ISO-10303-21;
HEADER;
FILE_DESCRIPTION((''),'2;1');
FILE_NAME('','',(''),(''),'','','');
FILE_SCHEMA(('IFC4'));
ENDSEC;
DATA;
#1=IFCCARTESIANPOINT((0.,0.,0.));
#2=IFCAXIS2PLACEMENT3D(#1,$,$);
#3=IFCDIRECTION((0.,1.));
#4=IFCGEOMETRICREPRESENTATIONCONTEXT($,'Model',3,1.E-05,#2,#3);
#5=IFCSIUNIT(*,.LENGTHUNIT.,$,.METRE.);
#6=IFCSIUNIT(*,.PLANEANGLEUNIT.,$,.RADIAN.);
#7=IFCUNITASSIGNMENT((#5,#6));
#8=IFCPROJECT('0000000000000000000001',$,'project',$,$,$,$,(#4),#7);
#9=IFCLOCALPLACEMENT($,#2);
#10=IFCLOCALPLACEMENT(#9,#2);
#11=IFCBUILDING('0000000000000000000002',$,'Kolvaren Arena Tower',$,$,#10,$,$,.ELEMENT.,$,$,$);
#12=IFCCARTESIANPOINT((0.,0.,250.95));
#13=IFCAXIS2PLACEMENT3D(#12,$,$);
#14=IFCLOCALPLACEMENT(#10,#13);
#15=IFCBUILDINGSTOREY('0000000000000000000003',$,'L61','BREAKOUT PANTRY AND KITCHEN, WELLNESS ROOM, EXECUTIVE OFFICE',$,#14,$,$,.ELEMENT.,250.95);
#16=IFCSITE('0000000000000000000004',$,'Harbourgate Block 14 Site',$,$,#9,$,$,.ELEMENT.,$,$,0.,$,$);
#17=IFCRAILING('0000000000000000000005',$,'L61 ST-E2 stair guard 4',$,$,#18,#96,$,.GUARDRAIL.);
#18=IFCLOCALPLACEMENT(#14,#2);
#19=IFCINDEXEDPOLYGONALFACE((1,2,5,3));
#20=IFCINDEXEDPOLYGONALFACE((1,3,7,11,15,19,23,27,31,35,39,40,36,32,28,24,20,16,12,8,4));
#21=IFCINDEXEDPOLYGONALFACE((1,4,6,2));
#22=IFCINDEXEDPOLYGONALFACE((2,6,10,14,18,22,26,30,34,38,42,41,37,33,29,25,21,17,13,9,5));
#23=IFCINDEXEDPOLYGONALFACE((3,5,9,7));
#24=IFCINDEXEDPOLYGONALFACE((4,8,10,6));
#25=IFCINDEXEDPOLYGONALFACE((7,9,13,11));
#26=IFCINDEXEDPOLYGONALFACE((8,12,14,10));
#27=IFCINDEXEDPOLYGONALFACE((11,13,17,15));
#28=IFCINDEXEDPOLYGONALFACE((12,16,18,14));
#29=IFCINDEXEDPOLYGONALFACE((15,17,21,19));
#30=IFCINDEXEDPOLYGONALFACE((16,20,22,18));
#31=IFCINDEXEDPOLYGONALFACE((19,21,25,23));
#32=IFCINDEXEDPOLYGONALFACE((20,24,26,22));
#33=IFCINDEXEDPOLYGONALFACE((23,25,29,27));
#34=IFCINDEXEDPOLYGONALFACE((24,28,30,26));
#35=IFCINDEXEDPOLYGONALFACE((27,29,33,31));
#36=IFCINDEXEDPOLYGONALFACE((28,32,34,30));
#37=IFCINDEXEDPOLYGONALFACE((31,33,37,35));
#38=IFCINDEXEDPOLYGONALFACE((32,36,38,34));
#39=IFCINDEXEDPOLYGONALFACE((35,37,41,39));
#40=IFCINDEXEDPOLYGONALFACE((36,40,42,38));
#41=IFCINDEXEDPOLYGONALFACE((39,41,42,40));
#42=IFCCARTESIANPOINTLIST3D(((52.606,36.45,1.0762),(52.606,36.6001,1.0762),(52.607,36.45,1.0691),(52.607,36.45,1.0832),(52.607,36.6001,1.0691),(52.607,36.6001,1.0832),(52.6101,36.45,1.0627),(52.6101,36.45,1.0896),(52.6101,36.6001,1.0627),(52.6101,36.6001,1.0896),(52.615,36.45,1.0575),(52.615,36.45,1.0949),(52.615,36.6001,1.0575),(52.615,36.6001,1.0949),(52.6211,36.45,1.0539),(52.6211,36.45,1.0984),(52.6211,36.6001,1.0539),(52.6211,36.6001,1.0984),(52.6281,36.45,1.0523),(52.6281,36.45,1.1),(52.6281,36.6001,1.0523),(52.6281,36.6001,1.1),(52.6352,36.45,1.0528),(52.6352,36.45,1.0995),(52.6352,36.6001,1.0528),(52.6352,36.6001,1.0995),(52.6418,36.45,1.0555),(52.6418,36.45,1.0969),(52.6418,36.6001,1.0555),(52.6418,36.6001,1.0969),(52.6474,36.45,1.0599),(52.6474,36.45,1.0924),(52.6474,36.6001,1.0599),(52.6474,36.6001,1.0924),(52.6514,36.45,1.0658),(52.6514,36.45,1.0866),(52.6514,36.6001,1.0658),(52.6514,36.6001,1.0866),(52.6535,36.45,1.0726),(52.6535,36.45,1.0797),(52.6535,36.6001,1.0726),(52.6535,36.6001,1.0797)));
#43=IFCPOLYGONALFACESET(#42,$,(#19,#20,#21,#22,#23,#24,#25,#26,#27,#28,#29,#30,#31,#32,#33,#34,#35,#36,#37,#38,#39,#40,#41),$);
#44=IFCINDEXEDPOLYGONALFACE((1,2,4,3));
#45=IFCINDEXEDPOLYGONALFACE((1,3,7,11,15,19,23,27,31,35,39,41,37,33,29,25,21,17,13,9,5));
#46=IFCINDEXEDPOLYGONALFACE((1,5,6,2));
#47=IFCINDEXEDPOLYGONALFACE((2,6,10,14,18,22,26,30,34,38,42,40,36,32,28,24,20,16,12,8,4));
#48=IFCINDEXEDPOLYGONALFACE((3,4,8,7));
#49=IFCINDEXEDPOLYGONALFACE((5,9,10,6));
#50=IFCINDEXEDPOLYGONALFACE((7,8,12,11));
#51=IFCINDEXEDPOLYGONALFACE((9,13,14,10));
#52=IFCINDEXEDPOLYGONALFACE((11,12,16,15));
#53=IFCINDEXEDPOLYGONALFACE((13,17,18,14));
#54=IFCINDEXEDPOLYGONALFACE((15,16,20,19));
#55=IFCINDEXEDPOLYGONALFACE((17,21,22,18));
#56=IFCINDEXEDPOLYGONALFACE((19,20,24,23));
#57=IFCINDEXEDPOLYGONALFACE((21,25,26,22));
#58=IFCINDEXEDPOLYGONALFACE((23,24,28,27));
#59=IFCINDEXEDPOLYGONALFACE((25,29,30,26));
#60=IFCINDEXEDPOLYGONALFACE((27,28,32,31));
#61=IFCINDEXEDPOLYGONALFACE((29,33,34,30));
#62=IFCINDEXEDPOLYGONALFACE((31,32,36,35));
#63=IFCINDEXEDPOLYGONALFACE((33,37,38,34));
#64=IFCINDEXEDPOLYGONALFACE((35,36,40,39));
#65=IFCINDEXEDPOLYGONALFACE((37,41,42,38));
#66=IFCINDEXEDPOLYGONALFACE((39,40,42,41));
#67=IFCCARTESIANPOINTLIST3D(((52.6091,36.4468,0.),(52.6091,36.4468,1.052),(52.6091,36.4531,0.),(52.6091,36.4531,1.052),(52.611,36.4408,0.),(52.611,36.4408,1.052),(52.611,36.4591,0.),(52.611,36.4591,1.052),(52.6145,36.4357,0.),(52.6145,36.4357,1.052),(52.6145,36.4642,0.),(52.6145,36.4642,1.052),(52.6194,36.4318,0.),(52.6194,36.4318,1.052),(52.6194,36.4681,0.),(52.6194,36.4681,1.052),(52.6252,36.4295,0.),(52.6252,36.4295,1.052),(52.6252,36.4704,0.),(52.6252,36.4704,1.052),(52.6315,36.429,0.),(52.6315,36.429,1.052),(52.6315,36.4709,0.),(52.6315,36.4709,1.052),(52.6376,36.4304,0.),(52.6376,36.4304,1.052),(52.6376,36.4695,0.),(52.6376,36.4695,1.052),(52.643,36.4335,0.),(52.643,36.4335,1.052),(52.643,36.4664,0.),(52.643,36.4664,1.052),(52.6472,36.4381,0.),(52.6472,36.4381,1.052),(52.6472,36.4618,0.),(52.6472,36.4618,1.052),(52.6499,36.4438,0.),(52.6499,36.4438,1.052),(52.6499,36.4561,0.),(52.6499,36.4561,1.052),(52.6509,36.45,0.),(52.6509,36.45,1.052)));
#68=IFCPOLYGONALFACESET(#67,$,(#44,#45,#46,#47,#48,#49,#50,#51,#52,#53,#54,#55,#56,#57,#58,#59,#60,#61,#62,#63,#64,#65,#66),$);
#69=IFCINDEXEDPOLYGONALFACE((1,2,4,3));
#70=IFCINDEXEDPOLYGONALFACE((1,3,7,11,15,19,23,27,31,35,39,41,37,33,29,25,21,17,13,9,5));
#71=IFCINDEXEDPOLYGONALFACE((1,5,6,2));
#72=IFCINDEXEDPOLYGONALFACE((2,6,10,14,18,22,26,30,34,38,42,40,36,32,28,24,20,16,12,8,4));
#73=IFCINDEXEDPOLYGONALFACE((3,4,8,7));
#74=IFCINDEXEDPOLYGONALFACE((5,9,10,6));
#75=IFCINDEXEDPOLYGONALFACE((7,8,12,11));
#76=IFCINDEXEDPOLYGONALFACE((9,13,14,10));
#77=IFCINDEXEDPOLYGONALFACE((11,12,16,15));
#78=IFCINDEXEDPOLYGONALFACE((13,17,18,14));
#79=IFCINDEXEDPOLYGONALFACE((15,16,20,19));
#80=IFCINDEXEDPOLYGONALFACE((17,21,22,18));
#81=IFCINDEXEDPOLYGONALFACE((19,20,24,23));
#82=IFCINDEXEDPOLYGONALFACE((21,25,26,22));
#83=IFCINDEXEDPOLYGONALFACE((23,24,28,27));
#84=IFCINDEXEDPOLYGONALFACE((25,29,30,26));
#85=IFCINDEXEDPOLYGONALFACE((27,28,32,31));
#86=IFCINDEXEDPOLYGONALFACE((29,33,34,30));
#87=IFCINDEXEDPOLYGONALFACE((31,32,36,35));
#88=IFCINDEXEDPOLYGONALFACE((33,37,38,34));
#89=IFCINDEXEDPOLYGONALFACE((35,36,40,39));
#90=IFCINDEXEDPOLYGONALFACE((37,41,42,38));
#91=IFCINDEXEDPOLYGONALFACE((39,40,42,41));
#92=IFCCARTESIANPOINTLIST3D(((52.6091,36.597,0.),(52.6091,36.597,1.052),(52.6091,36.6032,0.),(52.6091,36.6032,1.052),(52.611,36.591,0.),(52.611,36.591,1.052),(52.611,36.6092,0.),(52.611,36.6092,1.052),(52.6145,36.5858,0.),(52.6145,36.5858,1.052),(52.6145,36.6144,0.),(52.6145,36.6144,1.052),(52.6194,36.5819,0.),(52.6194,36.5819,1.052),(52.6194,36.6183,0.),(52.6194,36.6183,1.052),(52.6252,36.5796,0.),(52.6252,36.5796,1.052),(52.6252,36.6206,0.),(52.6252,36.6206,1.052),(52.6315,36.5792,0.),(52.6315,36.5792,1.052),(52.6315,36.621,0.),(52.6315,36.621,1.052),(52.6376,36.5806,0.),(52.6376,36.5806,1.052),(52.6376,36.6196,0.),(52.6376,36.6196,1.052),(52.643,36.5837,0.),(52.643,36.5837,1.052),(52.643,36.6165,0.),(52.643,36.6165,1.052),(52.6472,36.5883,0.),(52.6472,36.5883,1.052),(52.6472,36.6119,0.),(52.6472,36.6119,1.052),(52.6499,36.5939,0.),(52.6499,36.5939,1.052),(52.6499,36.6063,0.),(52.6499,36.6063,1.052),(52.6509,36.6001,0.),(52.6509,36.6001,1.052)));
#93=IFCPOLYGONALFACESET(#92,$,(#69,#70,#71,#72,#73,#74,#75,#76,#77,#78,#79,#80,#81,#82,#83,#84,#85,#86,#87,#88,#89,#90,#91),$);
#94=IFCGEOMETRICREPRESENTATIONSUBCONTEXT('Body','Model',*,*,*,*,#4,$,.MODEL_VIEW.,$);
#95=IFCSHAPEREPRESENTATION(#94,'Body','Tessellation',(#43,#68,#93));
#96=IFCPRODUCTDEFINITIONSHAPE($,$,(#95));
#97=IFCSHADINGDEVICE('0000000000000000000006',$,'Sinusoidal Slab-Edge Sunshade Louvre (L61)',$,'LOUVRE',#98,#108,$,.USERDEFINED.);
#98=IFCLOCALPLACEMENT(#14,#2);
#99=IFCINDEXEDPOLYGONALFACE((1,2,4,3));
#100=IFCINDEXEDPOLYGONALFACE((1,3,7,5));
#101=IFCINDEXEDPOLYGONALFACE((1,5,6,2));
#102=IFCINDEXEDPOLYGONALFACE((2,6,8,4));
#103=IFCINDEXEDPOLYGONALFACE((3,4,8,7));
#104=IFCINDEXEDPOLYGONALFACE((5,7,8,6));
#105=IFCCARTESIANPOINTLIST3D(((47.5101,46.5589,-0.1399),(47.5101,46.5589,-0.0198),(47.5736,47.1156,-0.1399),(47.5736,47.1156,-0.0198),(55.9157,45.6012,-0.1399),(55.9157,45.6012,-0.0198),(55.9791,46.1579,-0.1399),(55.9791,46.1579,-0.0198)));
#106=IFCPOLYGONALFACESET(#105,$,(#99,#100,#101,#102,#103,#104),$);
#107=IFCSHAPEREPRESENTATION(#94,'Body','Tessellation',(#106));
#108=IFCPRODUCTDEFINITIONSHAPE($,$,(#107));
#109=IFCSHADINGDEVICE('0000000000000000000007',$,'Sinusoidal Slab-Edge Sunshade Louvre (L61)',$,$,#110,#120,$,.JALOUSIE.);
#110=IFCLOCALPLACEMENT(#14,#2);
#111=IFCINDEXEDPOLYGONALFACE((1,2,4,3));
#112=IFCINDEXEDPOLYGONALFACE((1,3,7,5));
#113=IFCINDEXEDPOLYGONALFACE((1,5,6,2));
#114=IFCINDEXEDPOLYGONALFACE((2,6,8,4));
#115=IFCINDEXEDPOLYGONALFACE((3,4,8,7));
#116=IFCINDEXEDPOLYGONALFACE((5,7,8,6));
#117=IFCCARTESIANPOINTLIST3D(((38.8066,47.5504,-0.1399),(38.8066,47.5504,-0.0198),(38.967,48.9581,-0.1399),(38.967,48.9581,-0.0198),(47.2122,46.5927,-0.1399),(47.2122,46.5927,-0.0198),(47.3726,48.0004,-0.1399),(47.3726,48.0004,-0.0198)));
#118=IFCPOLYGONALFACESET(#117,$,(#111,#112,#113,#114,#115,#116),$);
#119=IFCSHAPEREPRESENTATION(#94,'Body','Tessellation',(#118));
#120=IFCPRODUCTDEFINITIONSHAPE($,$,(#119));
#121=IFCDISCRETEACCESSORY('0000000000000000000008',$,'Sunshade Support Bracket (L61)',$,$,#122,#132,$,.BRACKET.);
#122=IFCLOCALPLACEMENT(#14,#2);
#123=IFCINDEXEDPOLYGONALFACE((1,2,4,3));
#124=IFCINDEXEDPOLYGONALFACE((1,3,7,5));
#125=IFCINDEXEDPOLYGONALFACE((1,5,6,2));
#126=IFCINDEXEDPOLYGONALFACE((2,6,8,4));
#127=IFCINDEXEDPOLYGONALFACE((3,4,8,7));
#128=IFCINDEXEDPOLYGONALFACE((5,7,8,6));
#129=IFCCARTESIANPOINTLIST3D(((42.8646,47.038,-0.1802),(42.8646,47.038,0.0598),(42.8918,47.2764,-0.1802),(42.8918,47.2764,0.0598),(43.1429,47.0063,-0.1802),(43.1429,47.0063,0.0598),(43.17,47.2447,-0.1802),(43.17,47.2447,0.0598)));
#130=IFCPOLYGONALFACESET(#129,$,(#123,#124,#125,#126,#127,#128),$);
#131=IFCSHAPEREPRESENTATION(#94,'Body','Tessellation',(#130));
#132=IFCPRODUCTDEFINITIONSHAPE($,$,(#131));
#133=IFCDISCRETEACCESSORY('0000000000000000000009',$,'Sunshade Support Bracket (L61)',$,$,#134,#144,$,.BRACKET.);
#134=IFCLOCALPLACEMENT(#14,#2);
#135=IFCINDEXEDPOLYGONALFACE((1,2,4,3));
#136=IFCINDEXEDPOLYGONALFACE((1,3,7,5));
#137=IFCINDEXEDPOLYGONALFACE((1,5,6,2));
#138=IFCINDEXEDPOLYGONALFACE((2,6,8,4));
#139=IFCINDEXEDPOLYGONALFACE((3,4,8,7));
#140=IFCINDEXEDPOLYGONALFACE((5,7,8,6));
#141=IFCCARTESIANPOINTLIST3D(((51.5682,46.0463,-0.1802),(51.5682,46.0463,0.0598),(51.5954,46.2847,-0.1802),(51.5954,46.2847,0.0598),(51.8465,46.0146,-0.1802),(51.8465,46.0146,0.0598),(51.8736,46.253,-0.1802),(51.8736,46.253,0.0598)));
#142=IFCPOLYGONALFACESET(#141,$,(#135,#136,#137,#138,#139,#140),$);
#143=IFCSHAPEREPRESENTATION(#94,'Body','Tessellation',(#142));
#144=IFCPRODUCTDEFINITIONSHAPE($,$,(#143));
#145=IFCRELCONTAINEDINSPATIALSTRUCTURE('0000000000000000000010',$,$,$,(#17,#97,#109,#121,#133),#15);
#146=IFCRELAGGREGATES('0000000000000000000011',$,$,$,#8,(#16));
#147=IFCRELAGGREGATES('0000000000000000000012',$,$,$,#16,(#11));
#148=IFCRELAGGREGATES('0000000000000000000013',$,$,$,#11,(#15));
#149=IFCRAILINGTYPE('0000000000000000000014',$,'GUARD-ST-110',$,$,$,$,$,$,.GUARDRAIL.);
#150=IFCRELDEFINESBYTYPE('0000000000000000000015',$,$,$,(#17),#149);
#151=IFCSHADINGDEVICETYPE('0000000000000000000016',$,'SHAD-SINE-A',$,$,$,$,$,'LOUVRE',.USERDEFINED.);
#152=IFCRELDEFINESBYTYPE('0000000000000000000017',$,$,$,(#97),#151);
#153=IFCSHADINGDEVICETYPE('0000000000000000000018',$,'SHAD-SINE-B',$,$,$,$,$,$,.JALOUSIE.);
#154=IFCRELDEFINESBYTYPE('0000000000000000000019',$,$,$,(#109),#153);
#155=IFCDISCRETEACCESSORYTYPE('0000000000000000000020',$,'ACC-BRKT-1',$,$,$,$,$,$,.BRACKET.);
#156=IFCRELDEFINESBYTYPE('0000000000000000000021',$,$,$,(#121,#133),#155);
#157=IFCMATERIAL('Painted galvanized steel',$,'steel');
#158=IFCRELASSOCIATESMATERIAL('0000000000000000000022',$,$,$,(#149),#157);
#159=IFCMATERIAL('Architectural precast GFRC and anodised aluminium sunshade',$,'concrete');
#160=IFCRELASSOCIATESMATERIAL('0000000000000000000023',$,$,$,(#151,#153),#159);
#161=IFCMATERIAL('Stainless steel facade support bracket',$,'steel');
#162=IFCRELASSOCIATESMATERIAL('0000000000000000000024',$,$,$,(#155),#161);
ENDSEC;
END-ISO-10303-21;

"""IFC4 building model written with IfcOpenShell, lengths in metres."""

from ifc_helpers import new_model, si_unit, direction, frame, origin, origin_2d, place, context, subcontext, project, spatial, rectangle, circle, extrude, material, type_object, element, save


model = new_model("IFC4")

# Units and contexts
model_context = context("Model", 3, precision=1e-05, world=origin(), true_north=direction((0.0, 1.0)))
body_context = subcontext(model_context, "Body", "Model", "MODEL_VIEW")
ifc_project = project(units=[si_unit("LENGTHUNIT", "METRE"), si_unit("PLANEANGLEUNIT", "RADIAN")], contexts=[model_context])

# Site, building, storey
site_placement = place(None, origin())
site = spatial("IfcSite", under=ifc_project, at=site_placement, Name="Harbourgate Block 14 Site", CompositionType="ELEMENT", RefElevation=0.0)
building_placement = place(site_placement, origin())
building = spatial("IfcBuilding", under=site, at=building_placement, Name="Kolvaren Arena Tower", CompositionType="ELEMENT")
storey_placement = place(building_placement, frame((0.0, 0.0, 250.95)))
storey = spatial("IfcBuildingStorey", under=building, at=storey_placement, Name="L61", Description="BREAKOUT PANTRY AND KITCHEN, WELLNESS ROOM, EXECUTIVE OFFICE", CompositionType="ELEMENT", Elevation=250.95)

# Railing
ifc_material_1 = material(Name="Painted galvanized steel", Category="steel")
railing_type = type_object("IfcRailingType", Name="GUARD-ST-110", PredefinedType="GUARDRAIL", material=ifc_material_1)
railing_1_placement = place(storey_placement, frame((52.6299, 36.45, 0.0)))
element("IfcRailing", 1, at=railing_1_placement, inside=storey, type_object=railing_type, Name="L61 ST-E2 stair guard 4", PredefinedType="GUARDRAIL", context=body_context, shape_type="SweptSolid", body=[
    extrude(circle(Radius=0.0239, at=origin_2d()), frame((0.0, 0.0, 1.0762), z_axis=(0.0, 1.0, 0.0), x_axis=(-1.0, 0.0, 0.0)), (0.0, 0.0, 1.0), 0.1501),
    extrude(circle(Radius=0.021, at=origin_2d()), origin(), (0.0, 0.0, 1.0), 1.052),
    extrude(circle(Radius=0.021, at=origin_2d()), frame((0.0, 0.1501, 0.0)), (0.0, 0.0, 1.0), 1.052),
])

# Shading devices
ifc_material_2 = material(Name="Architectural precast GFRC and anodised aluminium sunshade", Category="concrete")
shading_device_type_1 = type_object("IfcShadingDeviceType", Name="SHAD-SINE-A", ElementType="LOUVRE", PredefinedType="USERDEFINED", material=ifc_material_2)
shading_device_1_placement = place(storey_placement, frame((51.7446, 46.3584, -0.1399), z_axis=(0.0, 0.0, 1.0), x_axis=(0.993572, -0.113205, 0.0)))
element("IfcShadingDevice", 2, at=shading_device_1_placement, inside=storey, type_object=shading_device_type_1, Name="Sinusoidal Slab-Edge Sunshade Louvre (L61)", ObjectType="LOUVRE", PredefinedType="USERDEFINED", context=body_context, shape_type="SweptSolid", body=[
    extrude(rectangle(XDim=8.46, YDim=0.5603, at=origin_2d()), origin(), (0.0, 0.0, 1.0), 0.1201),
])
shading_device_type_2 = type_object("IfcShadingDeviceType", Name="SHAD-SINE-B", PredefinedType="JALOUSIE", material=ifc_material_2)
shading_device_2_placement = place(storey_placement, frame((43.0896, 47.7754, -0.1399), z_axis=(0.0, 0.0, 1.0), x_axis=(0.993572, -0.113205, 0.0)))
element("IfcShadingDevice", 3, at=shading_device_2_placement, inside=storey, type_object=shading_device_type_2, Name="Sinusoidal Slab-Edge Sunshade Louvre (L61)", PredefinedType="JALOUSIE", context=body_context, shape_type="SweptSolid", body=[
    extrude(rectangle(XDim=8.46, YDim=1.4167, at=origin_2d()), origin(), (0.0, 0.0, 1.0), 0.1201),
])

# Discrete accessories
ifc_material_3 = material(Name="Stainless steel facade support bracket", Category="steel")
discrete_accessory_type = type_object("IfcDiscreteAccessoryType", Name="ACC-BRKT-1", PredefinedType="BRACKET", material=ifc_material_3)
for number, where, z_axis, x_axis, name in (
    (4, (43.0173, 47.1414, -0.1802), (0.0, 0.0, 1.0), (0.993572, -0.113205, 0.0), "Sunshade Support Bracket (L61)"),
    (5, (51.7209, 46.1497, -0.1802), (0.0, 0.0, 1.0), (0.993572, -0.113205, 0.0), "Sunshade Support Bracket (L61)"),
):
    element("IfcDiscreteAccessory", number, at=place(storey_placement, frame(where, z_axis=z_axis, x_axis=x_axis)), inside=storey, type_object=discrete_accessory_type, Name=name, PredefinedType="BRACKET", context=body_context, shape_type="SweptSolid", body=[
        extrude(rectangle(XDim=0.28, YDim=0.24, at=origin_2d()), origin(), (0.0, 0.0, 1.0), 0.24),
    ])

save(model, "model.ifc")
